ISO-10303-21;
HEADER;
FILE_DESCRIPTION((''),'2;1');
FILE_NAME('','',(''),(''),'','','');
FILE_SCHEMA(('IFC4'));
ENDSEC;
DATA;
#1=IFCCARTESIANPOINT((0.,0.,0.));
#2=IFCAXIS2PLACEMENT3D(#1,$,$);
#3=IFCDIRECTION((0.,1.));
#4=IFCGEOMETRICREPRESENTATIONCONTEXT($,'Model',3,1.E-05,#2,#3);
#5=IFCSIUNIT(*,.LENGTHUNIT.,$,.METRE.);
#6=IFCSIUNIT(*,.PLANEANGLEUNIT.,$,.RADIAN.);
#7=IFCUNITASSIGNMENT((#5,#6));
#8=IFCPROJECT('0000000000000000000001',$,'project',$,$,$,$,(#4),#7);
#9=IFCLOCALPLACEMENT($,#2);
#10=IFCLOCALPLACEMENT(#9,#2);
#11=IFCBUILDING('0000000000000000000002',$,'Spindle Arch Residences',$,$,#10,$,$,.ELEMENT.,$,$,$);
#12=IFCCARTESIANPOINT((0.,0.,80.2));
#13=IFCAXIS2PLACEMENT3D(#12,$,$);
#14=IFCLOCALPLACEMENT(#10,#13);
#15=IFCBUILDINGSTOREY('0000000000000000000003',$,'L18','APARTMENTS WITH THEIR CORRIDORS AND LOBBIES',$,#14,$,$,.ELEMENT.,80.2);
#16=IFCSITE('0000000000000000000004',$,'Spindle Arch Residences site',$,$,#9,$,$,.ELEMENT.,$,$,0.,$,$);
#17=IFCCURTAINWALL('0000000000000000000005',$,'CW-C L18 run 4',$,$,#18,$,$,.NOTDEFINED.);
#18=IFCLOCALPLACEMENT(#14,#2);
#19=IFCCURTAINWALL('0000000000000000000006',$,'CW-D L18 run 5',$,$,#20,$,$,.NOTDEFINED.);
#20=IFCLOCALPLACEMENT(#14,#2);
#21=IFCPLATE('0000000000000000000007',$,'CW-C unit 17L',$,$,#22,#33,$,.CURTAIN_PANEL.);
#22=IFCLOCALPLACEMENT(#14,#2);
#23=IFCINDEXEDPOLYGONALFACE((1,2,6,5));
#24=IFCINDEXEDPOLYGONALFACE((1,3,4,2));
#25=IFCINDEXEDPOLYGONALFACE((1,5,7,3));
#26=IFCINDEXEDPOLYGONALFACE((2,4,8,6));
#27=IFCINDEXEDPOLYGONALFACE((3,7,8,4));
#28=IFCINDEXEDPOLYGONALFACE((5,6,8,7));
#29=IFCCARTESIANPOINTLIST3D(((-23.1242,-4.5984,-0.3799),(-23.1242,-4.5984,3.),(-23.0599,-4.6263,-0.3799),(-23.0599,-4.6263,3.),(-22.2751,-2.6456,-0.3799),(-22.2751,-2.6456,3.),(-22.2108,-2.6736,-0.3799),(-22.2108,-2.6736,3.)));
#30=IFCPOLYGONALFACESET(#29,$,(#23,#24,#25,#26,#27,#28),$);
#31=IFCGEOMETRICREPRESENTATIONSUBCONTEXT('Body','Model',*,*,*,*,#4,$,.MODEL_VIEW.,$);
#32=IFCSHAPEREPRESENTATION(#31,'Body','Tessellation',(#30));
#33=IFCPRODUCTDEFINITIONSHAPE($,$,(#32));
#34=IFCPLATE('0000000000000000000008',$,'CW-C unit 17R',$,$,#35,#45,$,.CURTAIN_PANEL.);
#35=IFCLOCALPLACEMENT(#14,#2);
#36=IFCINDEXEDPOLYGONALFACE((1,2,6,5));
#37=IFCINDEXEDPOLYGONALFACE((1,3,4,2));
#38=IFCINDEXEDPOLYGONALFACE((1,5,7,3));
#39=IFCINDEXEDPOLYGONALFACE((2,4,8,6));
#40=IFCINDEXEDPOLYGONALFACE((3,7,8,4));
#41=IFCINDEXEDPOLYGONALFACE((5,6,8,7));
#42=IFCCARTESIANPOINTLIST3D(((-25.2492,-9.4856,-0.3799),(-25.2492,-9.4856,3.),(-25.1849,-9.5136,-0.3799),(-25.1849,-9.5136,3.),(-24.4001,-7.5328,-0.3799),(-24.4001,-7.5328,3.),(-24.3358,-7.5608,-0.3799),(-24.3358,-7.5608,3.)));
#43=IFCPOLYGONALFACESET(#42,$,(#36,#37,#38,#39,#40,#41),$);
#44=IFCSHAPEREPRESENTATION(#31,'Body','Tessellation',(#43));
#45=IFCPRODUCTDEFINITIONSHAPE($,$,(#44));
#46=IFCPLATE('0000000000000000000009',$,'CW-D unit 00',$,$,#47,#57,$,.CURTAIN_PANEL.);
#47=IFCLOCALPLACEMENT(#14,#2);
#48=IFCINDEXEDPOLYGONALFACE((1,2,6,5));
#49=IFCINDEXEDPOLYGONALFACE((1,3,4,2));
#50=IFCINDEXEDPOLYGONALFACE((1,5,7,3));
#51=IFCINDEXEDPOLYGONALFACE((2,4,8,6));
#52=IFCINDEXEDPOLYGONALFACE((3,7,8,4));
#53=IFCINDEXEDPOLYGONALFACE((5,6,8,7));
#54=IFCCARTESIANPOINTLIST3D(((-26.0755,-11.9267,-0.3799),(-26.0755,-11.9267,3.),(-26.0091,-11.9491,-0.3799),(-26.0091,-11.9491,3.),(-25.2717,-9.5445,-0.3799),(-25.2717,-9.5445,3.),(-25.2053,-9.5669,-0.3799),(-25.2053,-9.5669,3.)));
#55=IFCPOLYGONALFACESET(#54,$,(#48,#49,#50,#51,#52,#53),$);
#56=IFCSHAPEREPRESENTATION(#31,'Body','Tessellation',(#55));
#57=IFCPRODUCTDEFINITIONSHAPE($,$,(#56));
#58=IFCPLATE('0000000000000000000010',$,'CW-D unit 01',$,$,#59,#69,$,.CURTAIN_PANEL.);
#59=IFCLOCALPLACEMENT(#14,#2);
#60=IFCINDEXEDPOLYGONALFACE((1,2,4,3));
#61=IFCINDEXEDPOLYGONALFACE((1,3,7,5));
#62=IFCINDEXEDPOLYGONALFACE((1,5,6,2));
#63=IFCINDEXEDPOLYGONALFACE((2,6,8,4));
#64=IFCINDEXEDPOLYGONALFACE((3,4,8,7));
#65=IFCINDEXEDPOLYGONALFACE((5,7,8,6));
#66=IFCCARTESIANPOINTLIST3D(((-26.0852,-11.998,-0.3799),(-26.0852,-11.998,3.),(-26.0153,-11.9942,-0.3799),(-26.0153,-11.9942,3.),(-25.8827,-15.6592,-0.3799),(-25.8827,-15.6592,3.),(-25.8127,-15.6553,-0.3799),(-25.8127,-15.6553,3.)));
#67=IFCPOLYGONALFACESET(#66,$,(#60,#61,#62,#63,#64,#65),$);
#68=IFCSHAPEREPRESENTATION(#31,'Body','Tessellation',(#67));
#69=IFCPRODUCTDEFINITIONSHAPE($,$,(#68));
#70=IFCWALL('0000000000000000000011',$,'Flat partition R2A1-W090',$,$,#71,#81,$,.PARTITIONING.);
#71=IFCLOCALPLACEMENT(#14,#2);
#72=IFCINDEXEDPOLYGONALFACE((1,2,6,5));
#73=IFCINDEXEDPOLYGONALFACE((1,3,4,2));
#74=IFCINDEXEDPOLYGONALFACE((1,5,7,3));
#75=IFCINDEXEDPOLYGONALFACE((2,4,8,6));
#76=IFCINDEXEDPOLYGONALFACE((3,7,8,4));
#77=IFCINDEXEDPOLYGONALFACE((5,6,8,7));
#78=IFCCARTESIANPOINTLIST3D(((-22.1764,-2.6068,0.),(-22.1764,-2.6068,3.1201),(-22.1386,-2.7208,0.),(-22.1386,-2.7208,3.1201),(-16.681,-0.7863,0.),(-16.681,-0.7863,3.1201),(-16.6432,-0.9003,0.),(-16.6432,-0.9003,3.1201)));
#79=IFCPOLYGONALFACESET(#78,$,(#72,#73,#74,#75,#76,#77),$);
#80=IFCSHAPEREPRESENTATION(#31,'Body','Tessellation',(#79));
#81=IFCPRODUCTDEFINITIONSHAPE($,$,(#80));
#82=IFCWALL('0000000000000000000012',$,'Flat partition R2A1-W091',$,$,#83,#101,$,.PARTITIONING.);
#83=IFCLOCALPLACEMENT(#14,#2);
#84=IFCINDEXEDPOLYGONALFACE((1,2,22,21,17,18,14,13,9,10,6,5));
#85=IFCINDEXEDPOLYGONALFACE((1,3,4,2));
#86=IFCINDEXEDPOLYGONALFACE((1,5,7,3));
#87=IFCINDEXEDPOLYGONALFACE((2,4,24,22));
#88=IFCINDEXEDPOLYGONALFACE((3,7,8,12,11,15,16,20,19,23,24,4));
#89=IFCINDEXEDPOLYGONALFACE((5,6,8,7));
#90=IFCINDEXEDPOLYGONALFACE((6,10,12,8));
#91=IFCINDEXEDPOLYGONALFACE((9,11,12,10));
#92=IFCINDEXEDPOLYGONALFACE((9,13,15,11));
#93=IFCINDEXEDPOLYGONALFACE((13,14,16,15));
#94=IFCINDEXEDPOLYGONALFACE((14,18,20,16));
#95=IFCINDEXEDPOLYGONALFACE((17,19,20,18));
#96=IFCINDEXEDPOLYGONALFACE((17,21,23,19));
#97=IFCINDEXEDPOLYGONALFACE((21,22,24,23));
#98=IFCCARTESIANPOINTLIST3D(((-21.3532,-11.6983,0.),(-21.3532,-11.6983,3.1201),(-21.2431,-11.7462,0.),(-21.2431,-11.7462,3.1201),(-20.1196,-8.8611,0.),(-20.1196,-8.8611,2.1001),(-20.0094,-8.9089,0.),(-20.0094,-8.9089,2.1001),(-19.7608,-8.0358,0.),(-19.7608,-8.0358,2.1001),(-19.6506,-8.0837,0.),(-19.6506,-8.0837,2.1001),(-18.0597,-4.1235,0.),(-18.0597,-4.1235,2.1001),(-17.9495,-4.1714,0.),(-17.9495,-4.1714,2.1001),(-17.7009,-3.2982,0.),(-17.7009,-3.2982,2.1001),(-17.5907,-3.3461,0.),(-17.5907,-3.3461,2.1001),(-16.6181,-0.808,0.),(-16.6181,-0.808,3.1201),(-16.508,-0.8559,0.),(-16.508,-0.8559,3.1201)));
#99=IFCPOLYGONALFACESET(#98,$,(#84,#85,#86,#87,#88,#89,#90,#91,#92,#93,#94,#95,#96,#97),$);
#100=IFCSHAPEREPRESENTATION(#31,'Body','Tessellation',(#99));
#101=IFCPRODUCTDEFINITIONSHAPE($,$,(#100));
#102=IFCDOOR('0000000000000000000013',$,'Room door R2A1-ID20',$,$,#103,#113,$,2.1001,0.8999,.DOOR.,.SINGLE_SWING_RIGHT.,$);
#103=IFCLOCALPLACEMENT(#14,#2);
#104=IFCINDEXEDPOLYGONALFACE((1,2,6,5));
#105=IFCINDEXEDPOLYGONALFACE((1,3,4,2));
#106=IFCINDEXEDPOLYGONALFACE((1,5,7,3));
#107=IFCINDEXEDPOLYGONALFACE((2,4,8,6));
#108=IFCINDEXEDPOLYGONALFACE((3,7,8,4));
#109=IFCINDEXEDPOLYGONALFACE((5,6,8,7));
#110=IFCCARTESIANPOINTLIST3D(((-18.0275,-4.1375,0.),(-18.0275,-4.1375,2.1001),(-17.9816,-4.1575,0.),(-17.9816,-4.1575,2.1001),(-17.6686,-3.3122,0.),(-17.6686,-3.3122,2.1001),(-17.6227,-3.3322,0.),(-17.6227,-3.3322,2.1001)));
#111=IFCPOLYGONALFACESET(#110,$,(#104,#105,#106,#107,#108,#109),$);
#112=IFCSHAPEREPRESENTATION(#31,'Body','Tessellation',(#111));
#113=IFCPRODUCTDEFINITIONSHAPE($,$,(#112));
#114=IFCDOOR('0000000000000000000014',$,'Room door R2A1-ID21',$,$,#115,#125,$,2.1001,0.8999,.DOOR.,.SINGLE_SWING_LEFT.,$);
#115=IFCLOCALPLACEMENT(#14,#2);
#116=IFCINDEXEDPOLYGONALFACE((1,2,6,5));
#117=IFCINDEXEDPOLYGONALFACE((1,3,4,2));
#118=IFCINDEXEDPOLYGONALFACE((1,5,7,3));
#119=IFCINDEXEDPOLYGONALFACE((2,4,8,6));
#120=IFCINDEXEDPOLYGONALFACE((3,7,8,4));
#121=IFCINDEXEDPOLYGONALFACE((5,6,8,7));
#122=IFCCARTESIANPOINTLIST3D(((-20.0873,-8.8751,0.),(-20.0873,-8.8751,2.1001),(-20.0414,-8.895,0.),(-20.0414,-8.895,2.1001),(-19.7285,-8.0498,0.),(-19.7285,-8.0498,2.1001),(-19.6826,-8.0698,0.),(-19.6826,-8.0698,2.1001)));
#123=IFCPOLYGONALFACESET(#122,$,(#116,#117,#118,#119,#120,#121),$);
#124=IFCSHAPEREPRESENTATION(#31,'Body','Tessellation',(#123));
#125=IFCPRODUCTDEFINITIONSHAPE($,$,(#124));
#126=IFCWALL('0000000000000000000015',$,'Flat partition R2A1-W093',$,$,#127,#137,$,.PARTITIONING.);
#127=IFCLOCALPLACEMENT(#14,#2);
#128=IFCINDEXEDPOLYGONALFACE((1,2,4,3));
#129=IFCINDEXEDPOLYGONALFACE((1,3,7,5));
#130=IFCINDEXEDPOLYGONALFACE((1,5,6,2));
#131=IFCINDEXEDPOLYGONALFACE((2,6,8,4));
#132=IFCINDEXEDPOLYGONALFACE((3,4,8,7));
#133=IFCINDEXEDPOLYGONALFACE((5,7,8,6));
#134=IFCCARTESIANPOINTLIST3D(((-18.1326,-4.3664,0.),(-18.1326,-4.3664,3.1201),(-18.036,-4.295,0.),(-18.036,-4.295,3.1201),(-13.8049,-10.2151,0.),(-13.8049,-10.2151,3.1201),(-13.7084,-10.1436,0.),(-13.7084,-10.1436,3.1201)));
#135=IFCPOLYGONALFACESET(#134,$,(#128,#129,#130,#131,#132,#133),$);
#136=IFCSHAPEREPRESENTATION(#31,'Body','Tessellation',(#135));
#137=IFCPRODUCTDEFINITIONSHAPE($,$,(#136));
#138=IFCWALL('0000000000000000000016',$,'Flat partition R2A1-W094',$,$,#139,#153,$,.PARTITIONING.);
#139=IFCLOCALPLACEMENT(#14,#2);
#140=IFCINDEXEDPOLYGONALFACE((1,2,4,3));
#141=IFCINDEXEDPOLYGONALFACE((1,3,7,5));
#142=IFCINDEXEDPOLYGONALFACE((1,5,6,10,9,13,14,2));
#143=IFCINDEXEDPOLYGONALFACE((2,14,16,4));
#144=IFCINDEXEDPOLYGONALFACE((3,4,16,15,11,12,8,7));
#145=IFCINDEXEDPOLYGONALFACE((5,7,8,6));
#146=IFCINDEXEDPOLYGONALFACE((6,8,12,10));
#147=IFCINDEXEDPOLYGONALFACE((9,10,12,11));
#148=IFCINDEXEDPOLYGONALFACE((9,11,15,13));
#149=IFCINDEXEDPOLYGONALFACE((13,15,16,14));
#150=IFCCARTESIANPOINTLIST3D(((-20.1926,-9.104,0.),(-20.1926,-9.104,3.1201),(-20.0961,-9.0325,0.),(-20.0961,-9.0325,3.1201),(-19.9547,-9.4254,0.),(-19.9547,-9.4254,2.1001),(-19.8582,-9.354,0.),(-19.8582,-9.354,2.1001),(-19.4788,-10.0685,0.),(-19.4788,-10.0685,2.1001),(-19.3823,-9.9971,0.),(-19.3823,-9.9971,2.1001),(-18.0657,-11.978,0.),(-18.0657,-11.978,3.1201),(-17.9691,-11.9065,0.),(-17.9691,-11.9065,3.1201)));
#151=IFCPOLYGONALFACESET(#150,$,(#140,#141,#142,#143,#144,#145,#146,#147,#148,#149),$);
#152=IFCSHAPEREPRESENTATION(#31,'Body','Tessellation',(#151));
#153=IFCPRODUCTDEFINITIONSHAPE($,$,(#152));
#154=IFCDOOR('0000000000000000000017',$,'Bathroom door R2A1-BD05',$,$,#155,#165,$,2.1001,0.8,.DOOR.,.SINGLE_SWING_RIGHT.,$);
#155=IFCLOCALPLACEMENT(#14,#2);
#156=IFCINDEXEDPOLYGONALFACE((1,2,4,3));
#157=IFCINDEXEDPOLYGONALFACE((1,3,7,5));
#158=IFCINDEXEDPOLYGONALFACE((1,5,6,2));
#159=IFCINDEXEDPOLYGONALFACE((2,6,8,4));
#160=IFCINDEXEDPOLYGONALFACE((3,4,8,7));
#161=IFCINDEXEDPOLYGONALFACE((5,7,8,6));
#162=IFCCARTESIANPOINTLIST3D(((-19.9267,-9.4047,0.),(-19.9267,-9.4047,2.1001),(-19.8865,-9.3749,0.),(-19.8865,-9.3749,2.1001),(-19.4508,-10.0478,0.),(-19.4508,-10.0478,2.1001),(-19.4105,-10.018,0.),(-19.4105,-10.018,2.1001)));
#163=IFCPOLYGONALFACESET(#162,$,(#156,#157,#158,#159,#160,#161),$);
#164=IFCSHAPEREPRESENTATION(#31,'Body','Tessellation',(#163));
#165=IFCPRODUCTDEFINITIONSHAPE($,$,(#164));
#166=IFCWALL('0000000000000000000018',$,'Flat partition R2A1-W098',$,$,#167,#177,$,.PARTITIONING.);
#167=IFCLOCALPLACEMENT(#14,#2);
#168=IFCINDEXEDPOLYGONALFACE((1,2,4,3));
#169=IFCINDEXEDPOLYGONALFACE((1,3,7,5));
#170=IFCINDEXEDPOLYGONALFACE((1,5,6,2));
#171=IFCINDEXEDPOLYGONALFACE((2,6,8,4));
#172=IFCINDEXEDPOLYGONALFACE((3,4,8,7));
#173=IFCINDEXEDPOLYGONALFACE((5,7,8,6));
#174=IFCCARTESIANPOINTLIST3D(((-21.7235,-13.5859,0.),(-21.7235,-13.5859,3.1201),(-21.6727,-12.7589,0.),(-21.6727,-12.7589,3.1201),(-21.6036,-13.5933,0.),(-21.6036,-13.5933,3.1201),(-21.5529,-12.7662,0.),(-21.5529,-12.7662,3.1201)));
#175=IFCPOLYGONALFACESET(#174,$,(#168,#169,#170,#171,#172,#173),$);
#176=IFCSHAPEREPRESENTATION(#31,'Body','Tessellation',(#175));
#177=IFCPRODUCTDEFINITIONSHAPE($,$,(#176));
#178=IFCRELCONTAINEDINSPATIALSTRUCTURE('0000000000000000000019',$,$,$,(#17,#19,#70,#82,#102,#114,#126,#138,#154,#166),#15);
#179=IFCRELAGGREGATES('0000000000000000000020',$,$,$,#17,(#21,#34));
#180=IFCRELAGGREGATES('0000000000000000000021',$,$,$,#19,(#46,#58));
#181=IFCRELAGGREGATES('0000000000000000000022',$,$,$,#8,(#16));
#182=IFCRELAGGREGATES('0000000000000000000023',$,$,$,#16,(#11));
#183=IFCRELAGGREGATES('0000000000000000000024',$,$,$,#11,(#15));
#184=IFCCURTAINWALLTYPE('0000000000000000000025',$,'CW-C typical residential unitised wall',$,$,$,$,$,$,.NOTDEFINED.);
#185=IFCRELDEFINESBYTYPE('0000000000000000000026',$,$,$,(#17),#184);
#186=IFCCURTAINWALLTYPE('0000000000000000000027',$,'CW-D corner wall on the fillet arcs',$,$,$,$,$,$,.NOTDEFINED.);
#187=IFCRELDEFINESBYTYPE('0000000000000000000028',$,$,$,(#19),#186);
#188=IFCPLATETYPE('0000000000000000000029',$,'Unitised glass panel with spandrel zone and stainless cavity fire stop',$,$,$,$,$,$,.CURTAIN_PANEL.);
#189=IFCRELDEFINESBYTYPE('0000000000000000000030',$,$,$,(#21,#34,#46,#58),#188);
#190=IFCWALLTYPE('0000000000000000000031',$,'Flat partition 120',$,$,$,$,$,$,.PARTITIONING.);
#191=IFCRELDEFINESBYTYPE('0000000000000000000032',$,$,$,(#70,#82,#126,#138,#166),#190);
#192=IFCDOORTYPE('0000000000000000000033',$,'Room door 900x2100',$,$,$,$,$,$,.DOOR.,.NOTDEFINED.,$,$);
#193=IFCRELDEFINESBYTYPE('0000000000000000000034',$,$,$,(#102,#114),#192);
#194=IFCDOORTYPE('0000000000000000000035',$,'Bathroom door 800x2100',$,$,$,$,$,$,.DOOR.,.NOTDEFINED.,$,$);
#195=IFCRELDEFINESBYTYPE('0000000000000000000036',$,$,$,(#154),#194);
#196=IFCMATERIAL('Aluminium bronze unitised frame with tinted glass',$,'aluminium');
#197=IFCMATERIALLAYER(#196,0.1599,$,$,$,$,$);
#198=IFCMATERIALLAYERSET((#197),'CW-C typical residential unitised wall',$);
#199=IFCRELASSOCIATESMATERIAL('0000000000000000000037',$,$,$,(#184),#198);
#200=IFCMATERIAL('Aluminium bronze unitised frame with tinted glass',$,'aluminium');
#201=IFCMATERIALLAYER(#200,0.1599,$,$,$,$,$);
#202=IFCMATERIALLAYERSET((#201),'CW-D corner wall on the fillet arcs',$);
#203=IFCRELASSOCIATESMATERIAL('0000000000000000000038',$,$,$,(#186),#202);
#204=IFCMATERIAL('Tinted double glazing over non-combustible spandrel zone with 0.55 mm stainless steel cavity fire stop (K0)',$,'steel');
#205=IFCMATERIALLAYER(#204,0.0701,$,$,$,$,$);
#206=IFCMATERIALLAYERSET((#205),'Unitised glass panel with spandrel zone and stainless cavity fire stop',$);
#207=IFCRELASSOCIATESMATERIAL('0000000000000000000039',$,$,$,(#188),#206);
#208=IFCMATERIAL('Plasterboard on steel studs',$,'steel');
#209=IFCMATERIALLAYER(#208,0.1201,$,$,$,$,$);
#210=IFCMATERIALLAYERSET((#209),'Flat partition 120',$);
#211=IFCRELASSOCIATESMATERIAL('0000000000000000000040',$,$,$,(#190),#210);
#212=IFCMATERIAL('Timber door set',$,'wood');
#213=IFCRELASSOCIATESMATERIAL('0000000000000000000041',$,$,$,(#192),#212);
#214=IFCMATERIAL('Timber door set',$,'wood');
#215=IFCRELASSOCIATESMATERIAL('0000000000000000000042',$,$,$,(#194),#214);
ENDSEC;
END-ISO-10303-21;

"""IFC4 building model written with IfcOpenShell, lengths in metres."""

from ifc_helpers import new_model, si_unit, direction, frame, frame_2d, origin, origin_2d, place, context, subcontext, project, spatial, rectangle, extrude, material, layer, layer_set, type_object, element, fill, aggregate, save


model = new_model("IFC4")

# Units and contexts
model_context = context("Model", 3, precision=1e-05, world=origin(), true_north=direction((0.0, 1.0)))
body_context = subcontext(model_context, "Body", "Model", "MODEL_VIEW")
ifc_project = project(units=[si_unit("LENGTHUNIT", "METRE"), si_unit("PLANEANGLEUNIT", "RADIAN")], contexts=[model_context])

# Site, building, storey
site_placement = place(None, origin())
site = spatial("IfcSite", under=ifc_project, at=site_placement, Name="Spindle Arch Residences site", CompositionType="ELEMENT", RefElevation=0.0)
building_placement = place(site_placement, origin())
building = spatial("IfcBuilding", under=site, at=building_placement, Name="Spindle Arch Residences", CompositionType="ELEMENT")
storey_placement = place(building_placement, frame((0.0, 0.0, 80.2)))
storey = spatial("IfcBuildingStorey", under=building, at=storey_placement, Name="L18", Description="APARTMENTS WITH THEIR CORRIDORS AND LOBBIES", CompositionType="ELEMENT", Elevation=80.2)

# Curtain wall
ifc_material_1 = material(Name="Aluminium bronze unitised frame with tinted glass", Category="aluminium")
ifc_layer_1 = layer(ifc_material_1, 0.1599)
ifc_layer_set_1 = layer_set([ifc_layer_1], Name="CW-C typical residential unitised wall")
curtain_wall_type_1 = type_object("IfcCurtainWallType", Name="CW-C typical residential unitised wall", PredefinedType="NOTDEFINED", material=ifc_layer_set_1)
curtain_wall_1_placement = place(storey_placement, origin())
curtain_wall_1 = element("IfcCurtainWall", 1, at=curtain_wall_1_placement, inside=storey, type_object=curtain_wall_type_1, Name="CW-C L18 run 4", PredefinedType="NOTDEFINED")

# Curtain wall
ifc_material_2 = material(Name="Aluminium bronze unitised frame with tinted glass", Category="aluminium")
ifc_layer_2 = layer(ifc_material_2, 0.1599)
ifc_layer_set_2 = layer_set([ifc_layer_2], Name="CW-D corner wall on the fillet arcs")
curtain_wall_type_2 = type_object("IfcCurtainWallType", Name="CW-D corner wall on the fillet arcs", PredefinedType="NOTDEFINED", material=ifc_layer_set_2)
curtain_wall_2_placement = place(storey_placement, origin())
curtain_wall_2 = element("IfcCurtainWall", 2, at=curtain_wall_2_placement, inside=storey, type_object=curtain_wall_type_2, Name="CW-D L18 run 5", PredefinedType="NOTDEFINED")

# Plates
ifc_material_3 = material(Name="Tinted double glazing over non-combustible spandrel zone with 0.55 mm stainless steel cavity fire stop (K0)", Category="steel")
ifc_layer_3 = layer(ifc_material_3, 0.0701)
ifc_layer_set_3 = layer_set([ifc_layer_3], Name="Unitised glass panel with spandrel zone and stainless cavity fire stop")
plate_type = type_object("IfcPlateType", Name="Unitised glass panel with spandrel zone and stainless cavity fire stop", PredefinedType="CURTAIN_PANEL", material=ifc_layer_set_3)
plate_1_placement = place(storey_placement, frame((-22.6675, -3.636, -0.3799), z_axis=(0.0, 0.0, 1.0), x_axis=(-0.398749, -0.91706, 0.0)))
plate_1 = element("IfcPlate", 3, at=plate_1_placement, type_object=plate_type, Name="CW-C unit 17L", PredefinedType="CURTAIN_PANEL", context=body_context, shape_type="SweptSolid", body=[
    extrude(rectangle(XDim=2.1294, YDim=0.0701, at=origin_2d()), origin(), (0.0, 0.0, 1.0), 3.3799),
])
plate_2_placement = place(storey_placement, frame((-24.7925, -8.5232, -0.3799), z_axis=(0.0, 0.0, 1.0), x_axis=(-0.398749, -0.91706, 0.0)))
plate_2 = element("IfcPlate", 4, at=plate_2_placement, type_object=plate_type, Name="CW-C unit 17R", PredefinedType="CURTAIN_PANEL", context=body_context, shape_type="SweptSolid", body=[
    extrude(rectangle(XDim=2.1294, YDim=0.0701, at=origin_2d()), origin(), (0.0, 0.0, 1.0), 3.3799),
])
aggregate(curtain_wall_1, [plate_1, plate_2])
plate_3_placement = place(storey_placement, frame((-25.6404, -10.7468, -0.3799), z_axis=(0.0, 0.0, 1.0), x_axis=(-0.319727, -0.94751, 0.0)))
plate_3 = element("IfcPlate", 5, at=plate_3_placement, type_object=plate_type, Name="CW-D unit 00", PredefinedType="CURTAIN_PANEL", context=body_context, shape_type="SweptSolid", body=[
    extrude(rectangle(XDim=2.5142, YDim=0.0701, at=origin_2d()), origin(), (0.0, 0.0, 1.0), 3.3799),
])
plate_4_placement = place(storey_placement, frame((-25.949, -13.8267, -0.3799), z_axis=(0.0, 0.0, 1.0), x_axis=(0.055241, -0.998473, 0.0)))
plate_4 = element("IfcPlate", 6, at=plate_4_placement, type_object=plate_type, Name="CW-D unit 01", PredefinedType="CURTAIN_PANEL", context=body_context, shape_type="SweptSolid", body=[
    extrude(rectangle(XDim=3.6667, YDim=0.0701, at=origin_2d()), origin(), (0.0, 0.0, 1.0), 3.3799),
])
aggregate(curtain_wall_2, [plate_3, plate_4])

# Wall
ifc_material_4 = material(Name="Plasterboard on steel studs", Category="steel")
ifc_layer_4 = layer(ifc_material_4, 0.1201)
ifc_layer_set_4 = layer_set([ifc_layer_4], Name="Flat partition 120")
wall_type_1 = type_object("IfcWallType", Name="Flat partition 120", PredefinedType="PARTITIONING", material=ifc_layer_set_4)
wall_1_placement = place(storey_placement, frame((-22.1575, -2.6638, 0.0), z_axis=(0.0, 0.0, 1.0), x_axis=(0.949264, 0.314481, 0.0)))
element("IfcWall", 7, at=wall_1_placement, inside=storey, type_object=wall_type_1, Name="Flat partition R2A1-W090", PredefinedType="PARTITIONING", context=body_context, shape_type="SweptSolid", body=[
    extrude(rectangle(XDim=5.7891, YDim=0.1201, at=frame_2d((2.8945, 0.0))), origin(), (0.0, 0.0, 1.0), 3.1201),
])

# Wall, openings, doors
wall_2_placement = place(storey_placement, frame((-21.2981, -11.7222, 0.0), z_axis=(0.0, 0.0, 1.0), x_axis=(0.398737, 0.917065, 0.0)))
wall_2 = element("IfcWall", 8, at=wall_2_placement, inside=storey, type_object=wall_type_1, Name="Flat partition R2A1-W091", PredefinedType="PARTITIONING", context=body_context, shape_type="SweptSolid", body=[
    extrude(rectangle(XDim=11.8752, YDim=0.1201, at=frame_2d((5.9375, 0.0))), origin(), (0.0, 0.0, 1.0), 3.1201),
])
opening_1_placement = place(wall_2_placement, frame((8.2598, 0.0, 0.0)))
opening_1 = element("IfcOpeningElement", 9, at=opening_1_placement, cuts=wall_2, PredefinedType="OPENING", context=body_context, shape_type="SweptSolid", body=[
    extrude(rectangle(XDim=0.8999, YDim=2.1001, at=frame_2d((0.45, 1.05))), frame((0.0, 0.0701, 0.0), z_axis=(0.0, -1.0, 0.0), x_axis=(1.0, 0.0, 0.0)), (0.0, 0.0, 1.0), 0.1401),
])
opening_2_placement = place(wall_2_placement, frame((3.0938, 0.0, 0.0)))
opening_2 = element("IfcOpeningElement", 10, at=opening_2_placement, cuts=wall_2, PredefinedType="OPENING", context=body_context, shape_type="SweptSolid", body=[
    extrude(rectangle(XDim=0.8999, YDim=2.1001, at=frame_2d((0.45, 1.05))), frame((0.0, 0.0701, 0.0), z_axis=(0.0, -1.0, 0.0), x_axis=(1.0, 0.0, 0.0)), (0.0, 0.0, 1.0), 0.1401),
])
ifc_material_5 = material(Name="Timber door set", Category="wood")
door_type_1 = type_object("IfcDoorType", Name="Room door 900x2100", OperationType="NOTDEFINED", PredefinedType="DOOR", material=ifc_material_5)
door_1_placement = place(opening_1_placement, origin())
door_1 = element("IfcDoor", 11, at=door_1_placement, inside=storey, type_object=door_type_1, Name="Room door R2A1-ID20", OperationType="SINGLE_SWING_RIGHT", OverallHeight=2.1001, OverallWidth=0.8999, PredefinedType="DOOR", context=body_context, shape_type="SweptSolid", body=[
    extrude(rectangle(XDim=0.8999, YDim=2.1001, at=frame_2d((0.45, 1.05))), frame((0.0, 0.0249, 0.0), z_axis=(0.0, -1.0, 0.0), x_axis=(1.0, 0.0, 0.0)), (0.0, 0.0, 1.0), 0.05),
])
fill(opening_1, door_1)
door_2_placement = place(opening_2_placement, origin())
door_2 = element("IfcDoor", 12, at=door_2_placement, inside=storey, type_object=door_type_1, Name="Room door R2A1-ID21", OperationType="SINGLE_SWING_LEFT", OverallHeight=2.1001, OverallWidth=0.8999, PredefinedType="DOOR", context=body_context, shape_type="SweptSolid", body=[
    extrude(rectangle(XDim=0.8999, YDim=2.1001, at=frame_2d((0.45, 1.05))), frame((0.0, 0.0249, 0.0), z_axis=(0.0, -1.0, 0.0), x_axis=(1.0, 0.0, 0.0)), (0.0, 0.0, 1.0), 0.05),
])
fill(opening_2, door_2)

# Wall
wall_3_placement = place(storey_placement, frame((-18.0842, -4.3308, 0.0), z_axis=(0.0, 0.0, 1.0), x_axis=(0.594812, -0.803865, 0.0)))
element("IfcWall", 13, at=wall_3_placement, inside=storey, type_object=wall_type_1, Name="Flat partition R2A1-W093", PredefinedType="PARTITIONING", context=body_context, shape_type="SweptSolid", body=[
    extrude(rectangle(XDim=7.2756, YDim=0.1201, at=frame_2d((3.6377, 0.0))), origin(), (0.0, 0.0, 1.0), 3.1201),
])

# Wall, opening, door
wall_4_placement = place(storey_placement, frame((-20.1443, -9.0684, 0.0), z_axis=(0.0, 0.0, 1.0), x_axis=(0.594875, -0.803818, 0.0)))
wall_4 = element("IfcWall", 14, at=wall_4_placement, inside=storey, type_object=wall_type_1, Name="Flat partition R2A1-W094", PredefinedType="PARTITIONING", context=body_context, shape_type="SweptSolid", body=[
    extrude(rectangle(XDim=3.5754, YDim=0.1201, at=frame_2d((1.7876, 0.0))), origin(), (0.0, 0.0, 1.0), 3.1201),
])
opening_3_placement = place(wall_4_placement, frame((0.3999, 0.0, 0.0)))
opening_3 = element("IfcOpeningElement", 15, at=opening_3_placement, cuts=wall_4, PredefinedType="OPENING", context=body_context, shape_type="SweptSolid", body=[
    extrude(rectangle(XDim=0.8, YDim=2.1001, at=frame_2d((0.3999, 1.05))), frame((0.0, 0.0701, 0.0), z_axis=(0.0, -1.0, 0.0), x_axis=(1.0, 0.0, 0.0)), (0.0, 0.0, 1.0), 0.1401),
])
ifc_material_6 = material(Name="Timber door set", Category="wood")
door_type_2 = type_object("IfcDoorType", Name="Bathroom door 800x2100", OperationType="NOTDEFINED", PredefinedType="DOOR", material=ifc_material_6)
door_3_placement = place(opening_3_placement, origin())
door_3 = element("IfcDoor", 16, at=door_3_placement, inside=storey, type_object=door_type_2, Name="Bathroom door R2A1-BD05", OperationType="SINGLE_SWING_RIGHT", OverallHeight=2.1001, OverallWidth=0.8, PredefinedType="DOOR", context=body_context, shape_type="SweptSolid", body=[
    extrude(rectangle(XDim=0.8, YDim=2.1001, at=frame_2d((0.3999, 1.05))), frame((0.0, 0.0249, 0.0), z_axis=(0.0, -1.0, 0.0), x_axis=(1.0, 0.0, 0.0)), (0.0, 0.0, 1.0), 0.05),
])
fill(opening_3, door_3)

# Wall
wall_5_placement = place(storey_placement, frame((-21.6636, -13.5896, 0.0), z_axis=(0.0, 0.0, 1.0), x_axis=(0.061278, 0.998121, 0.0)))
element("IfcWall", 17, at=wall_5_placement, inside=storey, type_object=wall_type_1, Name="Flat partition R2A1-W098", PredefinedType="PARTITIONING", context=body_context, shape_type="SweptSolid", body=[
    extrude(rectangle(XDim=0.8286, YDim=0.1201, at=frame_2d((0.4143, 0.0))), origin(), (0.0, 0.0, 1.0), 3.1201),
])

save(model, "model.ifc")
